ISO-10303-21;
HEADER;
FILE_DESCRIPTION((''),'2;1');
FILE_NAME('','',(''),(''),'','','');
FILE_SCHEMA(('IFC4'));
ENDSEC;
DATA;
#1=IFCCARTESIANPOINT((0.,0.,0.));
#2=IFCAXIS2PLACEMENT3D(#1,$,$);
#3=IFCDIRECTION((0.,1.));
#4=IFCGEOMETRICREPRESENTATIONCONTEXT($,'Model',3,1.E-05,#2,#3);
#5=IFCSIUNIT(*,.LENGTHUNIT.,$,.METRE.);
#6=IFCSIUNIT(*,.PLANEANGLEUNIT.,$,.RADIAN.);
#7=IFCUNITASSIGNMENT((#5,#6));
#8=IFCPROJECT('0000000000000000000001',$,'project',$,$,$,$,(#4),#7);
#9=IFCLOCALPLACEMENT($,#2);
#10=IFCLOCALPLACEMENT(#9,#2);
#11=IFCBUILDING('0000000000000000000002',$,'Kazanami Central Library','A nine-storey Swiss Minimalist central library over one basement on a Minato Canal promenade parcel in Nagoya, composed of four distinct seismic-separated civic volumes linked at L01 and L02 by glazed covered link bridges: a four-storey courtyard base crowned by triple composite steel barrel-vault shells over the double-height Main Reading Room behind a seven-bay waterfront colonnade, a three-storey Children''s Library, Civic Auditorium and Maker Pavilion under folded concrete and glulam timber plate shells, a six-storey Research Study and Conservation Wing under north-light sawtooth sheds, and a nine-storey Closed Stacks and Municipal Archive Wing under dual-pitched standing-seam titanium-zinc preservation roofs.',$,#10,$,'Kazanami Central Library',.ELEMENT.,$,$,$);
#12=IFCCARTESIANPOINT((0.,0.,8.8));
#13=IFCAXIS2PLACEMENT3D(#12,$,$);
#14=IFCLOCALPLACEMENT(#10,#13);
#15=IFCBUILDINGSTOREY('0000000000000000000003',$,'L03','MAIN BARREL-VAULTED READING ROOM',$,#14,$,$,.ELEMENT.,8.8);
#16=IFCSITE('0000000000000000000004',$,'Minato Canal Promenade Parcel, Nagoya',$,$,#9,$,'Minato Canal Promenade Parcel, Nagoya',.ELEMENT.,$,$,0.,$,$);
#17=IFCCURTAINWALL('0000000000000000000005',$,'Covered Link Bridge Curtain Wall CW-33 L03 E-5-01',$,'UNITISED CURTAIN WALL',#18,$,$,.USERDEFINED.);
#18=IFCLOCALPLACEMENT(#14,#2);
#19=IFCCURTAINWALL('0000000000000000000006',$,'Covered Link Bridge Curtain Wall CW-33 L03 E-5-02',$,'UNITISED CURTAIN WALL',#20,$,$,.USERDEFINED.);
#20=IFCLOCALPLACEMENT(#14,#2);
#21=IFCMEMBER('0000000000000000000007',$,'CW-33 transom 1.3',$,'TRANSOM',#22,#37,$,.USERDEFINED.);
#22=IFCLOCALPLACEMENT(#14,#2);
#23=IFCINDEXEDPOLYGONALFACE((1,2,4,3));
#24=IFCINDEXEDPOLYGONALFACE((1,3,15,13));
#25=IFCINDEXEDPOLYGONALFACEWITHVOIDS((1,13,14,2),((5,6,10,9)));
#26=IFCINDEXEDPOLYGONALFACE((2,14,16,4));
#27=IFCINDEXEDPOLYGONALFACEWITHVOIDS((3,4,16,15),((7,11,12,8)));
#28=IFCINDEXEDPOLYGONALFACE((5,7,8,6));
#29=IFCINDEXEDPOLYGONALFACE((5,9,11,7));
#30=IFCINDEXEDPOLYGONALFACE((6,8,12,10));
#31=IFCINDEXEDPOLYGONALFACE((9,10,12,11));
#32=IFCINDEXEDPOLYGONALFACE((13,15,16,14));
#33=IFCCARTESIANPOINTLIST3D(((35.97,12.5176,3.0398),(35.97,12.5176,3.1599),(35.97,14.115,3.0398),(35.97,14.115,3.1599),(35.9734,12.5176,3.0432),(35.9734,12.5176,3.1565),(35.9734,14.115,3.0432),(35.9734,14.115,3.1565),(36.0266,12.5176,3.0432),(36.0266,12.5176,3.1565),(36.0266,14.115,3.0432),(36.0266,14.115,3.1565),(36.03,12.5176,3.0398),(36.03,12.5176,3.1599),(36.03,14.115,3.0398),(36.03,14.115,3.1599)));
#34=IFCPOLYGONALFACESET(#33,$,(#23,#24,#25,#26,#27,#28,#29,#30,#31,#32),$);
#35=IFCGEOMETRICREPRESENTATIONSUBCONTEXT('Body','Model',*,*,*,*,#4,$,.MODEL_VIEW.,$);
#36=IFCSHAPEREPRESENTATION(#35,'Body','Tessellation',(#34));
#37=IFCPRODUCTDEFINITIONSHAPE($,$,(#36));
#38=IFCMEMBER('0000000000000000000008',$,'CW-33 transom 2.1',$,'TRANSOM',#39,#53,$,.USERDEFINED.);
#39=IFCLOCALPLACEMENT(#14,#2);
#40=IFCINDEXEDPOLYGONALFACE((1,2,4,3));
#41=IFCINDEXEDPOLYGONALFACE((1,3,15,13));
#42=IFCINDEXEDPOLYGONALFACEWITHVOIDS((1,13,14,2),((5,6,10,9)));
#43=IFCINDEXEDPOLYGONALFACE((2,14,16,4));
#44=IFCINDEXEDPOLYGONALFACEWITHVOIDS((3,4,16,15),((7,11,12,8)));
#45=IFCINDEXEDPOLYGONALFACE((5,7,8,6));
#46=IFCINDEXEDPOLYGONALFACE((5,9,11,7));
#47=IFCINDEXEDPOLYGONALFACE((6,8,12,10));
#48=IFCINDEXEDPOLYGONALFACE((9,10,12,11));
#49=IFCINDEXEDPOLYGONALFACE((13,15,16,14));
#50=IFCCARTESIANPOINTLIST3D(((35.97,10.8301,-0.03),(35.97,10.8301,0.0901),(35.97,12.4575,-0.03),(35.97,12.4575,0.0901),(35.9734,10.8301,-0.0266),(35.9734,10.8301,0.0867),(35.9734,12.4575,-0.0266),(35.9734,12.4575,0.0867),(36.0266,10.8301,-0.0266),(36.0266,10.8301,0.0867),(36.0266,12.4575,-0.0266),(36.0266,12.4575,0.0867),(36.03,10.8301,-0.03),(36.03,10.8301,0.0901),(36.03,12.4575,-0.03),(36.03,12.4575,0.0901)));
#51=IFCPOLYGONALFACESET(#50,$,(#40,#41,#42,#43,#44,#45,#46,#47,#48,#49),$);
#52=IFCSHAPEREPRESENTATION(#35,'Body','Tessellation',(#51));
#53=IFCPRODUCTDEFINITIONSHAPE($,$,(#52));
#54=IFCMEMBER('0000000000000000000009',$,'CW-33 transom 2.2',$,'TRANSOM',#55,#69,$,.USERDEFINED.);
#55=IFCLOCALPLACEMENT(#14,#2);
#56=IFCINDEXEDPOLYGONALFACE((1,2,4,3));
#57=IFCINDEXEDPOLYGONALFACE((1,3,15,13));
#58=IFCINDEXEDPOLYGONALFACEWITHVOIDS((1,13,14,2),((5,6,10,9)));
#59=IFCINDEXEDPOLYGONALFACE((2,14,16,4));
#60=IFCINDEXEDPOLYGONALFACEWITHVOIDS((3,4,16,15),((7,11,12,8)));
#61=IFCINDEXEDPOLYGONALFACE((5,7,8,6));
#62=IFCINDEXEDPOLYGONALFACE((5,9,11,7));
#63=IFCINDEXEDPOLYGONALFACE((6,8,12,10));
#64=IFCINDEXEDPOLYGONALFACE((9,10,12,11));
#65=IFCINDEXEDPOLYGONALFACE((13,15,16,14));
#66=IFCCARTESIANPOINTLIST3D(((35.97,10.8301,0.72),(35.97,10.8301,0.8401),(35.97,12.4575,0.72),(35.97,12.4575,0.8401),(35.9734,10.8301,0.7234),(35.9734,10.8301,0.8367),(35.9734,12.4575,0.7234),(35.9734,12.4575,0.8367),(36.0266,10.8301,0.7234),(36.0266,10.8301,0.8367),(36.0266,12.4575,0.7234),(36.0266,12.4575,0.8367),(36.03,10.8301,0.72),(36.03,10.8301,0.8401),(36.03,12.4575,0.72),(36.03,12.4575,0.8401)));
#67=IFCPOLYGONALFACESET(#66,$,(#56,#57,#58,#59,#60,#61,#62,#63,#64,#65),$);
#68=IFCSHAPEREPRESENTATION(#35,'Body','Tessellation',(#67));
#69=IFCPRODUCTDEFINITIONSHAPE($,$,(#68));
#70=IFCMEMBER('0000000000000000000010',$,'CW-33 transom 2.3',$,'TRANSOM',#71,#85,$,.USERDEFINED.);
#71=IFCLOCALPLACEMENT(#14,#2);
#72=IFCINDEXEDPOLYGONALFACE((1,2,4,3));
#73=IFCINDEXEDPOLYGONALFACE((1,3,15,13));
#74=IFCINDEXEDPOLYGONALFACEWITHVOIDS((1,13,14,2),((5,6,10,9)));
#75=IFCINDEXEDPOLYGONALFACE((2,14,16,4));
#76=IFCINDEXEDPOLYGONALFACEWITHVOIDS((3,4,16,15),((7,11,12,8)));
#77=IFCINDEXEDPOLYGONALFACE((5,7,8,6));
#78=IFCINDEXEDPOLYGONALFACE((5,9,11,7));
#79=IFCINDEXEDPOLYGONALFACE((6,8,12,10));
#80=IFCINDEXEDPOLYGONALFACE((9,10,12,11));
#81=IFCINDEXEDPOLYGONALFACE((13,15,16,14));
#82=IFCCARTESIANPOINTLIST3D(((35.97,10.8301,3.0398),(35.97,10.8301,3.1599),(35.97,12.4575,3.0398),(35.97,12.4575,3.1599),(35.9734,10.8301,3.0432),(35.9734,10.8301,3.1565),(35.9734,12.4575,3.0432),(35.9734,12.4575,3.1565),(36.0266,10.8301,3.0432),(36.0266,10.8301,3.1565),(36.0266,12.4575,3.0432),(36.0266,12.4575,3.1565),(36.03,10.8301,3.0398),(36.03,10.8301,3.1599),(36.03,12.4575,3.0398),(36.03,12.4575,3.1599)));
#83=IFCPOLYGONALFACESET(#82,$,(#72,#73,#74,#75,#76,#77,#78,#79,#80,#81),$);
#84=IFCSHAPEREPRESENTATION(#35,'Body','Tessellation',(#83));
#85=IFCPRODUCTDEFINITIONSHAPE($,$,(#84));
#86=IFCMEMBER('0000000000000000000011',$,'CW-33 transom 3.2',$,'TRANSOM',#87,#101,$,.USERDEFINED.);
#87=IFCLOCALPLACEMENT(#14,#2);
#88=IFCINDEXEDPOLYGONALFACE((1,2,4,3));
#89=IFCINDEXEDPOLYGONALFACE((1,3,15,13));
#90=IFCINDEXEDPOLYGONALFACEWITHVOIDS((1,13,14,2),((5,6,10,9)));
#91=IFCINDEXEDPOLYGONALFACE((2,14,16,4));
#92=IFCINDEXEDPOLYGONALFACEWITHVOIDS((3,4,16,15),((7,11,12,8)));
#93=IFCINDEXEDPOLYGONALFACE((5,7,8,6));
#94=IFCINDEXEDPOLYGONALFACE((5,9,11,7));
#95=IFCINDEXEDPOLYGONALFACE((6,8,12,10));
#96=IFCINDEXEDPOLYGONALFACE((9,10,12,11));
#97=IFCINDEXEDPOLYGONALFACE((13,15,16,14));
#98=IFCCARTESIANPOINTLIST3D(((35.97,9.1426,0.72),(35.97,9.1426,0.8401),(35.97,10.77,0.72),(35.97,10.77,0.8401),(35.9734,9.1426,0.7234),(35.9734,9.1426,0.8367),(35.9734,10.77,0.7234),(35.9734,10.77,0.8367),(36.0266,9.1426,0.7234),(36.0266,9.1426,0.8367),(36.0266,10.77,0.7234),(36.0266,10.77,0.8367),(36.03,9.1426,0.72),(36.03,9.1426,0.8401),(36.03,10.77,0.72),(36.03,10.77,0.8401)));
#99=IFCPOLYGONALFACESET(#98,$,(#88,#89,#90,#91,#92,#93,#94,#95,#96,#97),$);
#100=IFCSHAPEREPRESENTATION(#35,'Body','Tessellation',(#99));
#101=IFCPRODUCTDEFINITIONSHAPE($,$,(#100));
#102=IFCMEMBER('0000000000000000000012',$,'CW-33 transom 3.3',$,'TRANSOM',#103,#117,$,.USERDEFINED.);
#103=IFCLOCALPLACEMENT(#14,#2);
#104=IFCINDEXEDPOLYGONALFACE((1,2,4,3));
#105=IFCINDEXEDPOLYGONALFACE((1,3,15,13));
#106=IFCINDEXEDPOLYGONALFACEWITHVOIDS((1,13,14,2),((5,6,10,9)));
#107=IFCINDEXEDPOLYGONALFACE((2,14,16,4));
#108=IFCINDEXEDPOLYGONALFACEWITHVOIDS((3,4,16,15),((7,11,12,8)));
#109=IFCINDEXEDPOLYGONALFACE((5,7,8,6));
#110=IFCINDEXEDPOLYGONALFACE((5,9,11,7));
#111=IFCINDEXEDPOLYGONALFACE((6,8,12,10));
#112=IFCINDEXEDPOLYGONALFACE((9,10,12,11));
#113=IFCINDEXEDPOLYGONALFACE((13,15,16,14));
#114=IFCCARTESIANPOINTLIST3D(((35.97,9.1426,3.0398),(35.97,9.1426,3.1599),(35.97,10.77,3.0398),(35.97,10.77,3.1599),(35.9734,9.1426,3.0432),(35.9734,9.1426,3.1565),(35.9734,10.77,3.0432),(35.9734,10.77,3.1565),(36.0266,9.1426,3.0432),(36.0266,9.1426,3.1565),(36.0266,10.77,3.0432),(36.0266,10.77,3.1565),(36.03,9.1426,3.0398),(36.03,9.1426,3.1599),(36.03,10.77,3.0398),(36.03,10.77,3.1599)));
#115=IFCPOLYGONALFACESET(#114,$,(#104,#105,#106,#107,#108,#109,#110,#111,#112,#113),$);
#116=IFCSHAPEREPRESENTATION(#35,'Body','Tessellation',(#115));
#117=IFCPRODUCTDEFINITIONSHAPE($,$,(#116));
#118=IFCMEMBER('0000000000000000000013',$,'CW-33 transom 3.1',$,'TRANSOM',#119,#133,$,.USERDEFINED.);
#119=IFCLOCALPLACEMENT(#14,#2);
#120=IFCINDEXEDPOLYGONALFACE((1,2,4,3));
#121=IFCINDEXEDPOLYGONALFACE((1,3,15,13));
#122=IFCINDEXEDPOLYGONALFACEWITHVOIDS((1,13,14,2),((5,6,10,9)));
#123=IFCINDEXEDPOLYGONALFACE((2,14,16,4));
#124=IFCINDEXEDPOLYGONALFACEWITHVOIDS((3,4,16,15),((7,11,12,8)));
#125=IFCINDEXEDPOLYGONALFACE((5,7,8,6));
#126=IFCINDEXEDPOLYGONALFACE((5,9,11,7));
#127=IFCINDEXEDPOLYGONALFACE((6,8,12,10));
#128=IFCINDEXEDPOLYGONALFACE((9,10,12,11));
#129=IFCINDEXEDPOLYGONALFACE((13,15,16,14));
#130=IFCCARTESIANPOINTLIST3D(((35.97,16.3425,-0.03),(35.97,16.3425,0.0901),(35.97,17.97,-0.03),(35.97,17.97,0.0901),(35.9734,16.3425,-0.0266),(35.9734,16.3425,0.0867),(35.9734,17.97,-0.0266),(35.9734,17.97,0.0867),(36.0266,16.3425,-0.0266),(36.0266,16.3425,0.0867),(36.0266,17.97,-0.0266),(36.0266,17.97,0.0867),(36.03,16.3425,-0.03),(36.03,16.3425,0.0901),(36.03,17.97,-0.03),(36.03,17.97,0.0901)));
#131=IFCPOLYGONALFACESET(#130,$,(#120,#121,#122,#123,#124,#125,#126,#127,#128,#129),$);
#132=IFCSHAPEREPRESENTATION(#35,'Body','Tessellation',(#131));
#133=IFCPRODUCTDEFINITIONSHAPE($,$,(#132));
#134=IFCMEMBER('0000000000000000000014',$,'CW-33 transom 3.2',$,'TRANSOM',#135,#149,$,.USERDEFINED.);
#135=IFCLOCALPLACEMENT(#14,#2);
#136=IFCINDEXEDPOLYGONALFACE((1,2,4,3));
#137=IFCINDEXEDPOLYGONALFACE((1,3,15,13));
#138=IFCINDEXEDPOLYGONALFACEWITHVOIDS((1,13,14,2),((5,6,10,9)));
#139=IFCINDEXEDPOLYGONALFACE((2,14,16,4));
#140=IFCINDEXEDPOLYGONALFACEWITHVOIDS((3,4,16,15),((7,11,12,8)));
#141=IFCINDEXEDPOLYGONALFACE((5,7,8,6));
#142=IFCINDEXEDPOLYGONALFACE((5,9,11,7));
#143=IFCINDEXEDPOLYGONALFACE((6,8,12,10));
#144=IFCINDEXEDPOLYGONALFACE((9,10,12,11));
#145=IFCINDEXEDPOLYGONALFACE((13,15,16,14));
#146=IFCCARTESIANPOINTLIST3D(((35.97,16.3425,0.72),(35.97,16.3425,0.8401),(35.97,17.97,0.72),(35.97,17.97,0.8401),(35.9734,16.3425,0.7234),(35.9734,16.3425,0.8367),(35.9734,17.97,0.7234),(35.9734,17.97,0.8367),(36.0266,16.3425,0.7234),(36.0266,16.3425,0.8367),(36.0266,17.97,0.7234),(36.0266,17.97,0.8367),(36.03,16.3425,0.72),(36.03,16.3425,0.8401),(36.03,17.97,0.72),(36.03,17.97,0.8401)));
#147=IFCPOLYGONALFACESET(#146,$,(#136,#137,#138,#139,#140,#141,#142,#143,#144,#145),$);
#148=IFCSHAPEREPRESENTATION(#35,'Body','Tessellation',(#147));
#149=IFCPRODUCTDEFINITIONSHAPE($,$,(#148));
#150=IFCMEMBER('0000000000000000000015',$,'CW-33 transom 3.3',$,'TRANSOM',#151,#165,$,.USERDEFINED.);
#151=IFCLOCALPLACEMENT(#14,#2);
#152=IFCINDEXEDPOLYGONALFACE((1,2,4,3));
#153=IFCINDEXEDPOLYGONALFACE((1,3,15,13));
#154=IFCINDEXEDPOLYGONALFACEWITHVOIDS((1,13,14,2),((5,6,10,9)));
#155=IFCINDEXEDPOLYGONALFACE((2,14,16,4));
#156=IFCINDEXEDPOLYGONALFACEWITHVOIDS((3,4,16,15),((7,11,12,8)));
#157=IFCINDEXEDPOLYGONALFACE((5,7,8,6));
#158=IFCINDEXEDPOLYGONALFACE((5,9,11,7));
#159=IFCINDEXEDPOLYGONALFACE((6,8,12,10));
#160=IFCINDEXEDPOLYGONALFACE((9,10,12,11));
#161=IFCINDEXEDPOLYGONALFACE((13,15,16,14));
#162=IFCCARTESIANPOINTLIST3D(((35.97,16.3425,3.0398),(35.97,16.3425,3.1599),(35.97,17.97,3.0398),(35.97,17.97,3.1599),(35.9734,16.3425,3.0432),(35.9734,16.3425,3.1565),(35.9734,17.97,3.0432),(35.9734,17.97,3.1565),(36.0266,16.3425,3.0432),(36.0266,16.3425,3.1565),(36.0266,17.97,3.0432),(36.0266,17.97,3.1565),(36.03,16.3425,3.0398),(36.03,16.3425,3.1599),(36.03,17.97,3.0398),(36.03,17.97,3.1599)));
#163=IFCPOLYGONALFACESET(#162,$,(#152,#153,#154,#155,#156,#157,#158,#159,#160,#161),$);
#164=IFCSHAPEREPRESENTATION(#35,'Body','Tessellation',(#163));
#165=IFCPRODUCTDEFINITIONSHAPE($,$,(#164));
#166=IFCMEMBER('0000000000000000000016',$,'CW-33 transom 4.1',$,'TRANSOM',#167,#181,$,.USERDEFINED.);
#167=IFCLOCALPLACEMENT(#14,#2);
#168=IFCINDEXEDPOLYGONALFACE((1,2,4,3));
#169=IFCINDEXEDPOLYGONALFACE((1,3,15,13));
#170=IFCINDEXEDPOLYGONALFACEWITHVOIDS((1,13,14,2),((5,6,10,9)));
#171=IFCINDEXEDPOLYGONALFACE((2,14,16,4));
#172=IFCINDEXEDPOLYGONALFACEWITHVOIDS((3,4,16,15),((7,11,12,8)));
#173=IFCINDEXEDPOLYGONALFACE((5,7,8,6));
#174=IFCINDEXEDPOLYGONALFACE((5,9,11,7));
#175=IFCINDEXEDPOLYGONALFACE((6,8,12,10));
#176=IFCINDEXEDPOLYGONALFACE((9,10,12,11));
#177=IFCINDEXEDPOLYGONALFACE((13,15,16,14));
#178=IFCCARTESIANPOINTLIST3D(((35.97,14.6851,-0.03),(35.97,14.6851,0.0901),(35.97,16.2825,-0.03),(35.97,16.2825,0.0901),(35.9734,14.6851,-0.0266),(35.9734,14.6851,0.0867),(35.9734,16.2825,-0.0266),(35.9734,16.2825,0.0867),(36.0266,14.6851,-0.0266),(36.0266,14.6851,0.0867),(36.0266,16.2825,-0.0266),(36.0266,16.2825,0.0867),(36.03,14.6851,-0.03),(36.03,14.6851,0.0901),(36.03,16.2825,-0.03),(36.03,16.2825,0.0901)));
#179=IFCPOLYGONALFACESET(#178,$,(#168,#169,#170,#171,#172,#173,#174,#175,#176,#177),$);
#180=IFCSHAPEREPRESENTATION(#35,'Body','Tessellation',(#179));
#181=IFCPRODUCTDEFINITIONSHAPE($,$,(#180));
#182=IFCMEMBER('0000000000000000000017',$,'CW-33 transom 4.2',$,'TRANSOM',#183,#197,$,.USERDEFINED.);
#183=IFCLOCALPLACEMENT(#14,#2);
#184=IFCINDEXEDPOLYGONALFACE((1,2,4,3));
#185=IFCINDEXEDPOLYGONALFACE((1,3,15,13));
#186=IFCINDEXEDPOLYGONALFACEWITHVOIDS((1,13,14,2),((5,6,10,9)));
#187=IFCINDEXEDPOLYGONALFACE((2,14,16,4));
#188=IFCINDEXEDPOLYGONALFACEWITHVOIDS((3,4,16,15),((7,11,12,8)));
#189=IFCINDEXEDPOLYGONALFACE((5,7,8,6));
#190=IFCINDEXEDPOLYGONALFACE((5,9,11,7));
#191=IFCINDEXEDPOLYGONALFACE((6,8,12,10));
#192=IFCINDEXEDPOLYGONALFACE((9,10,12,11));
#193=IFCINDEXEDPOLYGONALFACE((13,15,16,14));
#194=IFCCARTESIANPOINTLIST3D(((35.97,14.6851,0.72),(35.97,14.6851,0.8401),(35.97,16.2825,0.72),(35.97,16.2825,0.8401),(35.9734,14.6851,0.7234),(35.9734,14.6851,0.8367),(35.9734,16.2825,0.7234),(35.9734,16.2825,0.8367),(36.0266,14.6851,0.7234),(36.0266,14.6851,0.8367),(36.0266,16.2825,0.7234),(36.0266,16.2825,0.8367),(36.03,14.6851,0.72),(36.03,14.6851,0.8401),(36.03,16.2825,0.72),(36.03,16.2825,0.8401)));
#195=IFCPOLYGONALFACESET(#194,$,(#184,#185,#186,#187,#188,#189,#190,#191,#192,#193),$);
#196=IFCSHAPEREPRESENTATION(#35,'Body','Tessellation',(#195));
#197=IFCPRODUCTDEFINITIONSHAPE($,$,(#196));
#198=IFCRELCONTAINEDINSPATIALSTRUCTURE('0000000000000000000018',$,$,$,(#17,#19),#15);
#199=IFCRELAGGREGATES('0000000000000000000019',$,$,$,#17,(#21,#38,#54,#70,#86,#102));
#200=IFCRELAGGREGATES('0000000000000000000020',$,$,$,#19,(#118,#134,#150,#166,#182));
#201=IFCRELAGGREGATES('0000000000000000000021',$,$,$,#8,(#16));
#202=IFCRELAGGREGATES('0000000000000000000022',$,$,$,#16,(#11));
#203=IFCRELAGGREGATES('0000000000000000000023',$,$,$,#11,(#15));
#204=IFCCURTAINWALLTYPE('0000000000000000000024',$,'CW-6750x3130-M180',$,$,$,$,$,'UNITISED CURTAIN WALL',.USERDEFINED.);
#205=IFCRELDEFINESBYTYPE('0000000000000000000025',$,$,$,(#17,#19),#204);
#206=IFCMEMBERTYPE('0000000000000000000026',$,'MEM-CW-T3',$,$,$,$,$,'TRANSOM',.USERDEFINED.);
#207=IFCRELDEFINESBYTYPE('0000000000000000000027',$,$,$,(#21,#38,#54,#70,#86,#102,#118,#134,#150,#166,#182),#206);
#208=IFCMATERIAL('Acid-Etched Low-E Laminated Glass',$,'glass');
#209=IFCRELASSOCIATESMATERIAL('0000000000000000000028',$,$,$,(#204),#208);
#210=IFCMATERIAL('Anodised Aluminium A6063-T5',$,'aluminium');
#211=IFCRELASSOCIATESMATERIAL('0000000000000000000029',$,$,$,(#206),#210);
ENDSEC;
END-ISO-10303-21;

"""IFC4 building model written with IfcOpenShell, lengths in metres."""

from ifc_helpers import new_model, si_unit, direction, frame, origin, origin_2d, place, context, subcontext, project, spatial, hollow_rectangle, extrude, material, material_profile, profile_set, type_object, element, aggregate, save


model = new_model("IFC4")

# Units and contexts
model_context = context("Model", 3, precision=1e-05, world=origin(), true_north=direction((0.0, 1.0)))
body_context = subcontext(model_context, "Body", "Model", "MODEL_VIEW")
ifc_project = project(units=[si_unit("LENGTHUNIT", "METRE"), si_unit("PLANEANGLEUNIT", "RADIAN")], contexts=[model_context])

# Site, building, storey
site_placement = place(None, origin())
site = spatial("IfcSite", under=ifc_project, at=site_placement, Name="Minato Canal Promenade Parcel, Nagoya", LongName="Minato Canal Promenade Parcel, Nagoya", CompositionType="ELEMENT", RefElevation=0.0)
building_placement = place(site_placement, origin())
building = spatial("IfcBuilding", under=site, at=building_placement, Name="Kazanami Central Library", Description="A nine-storey Swiss Minimalist central library over one basement on a Minato Canal promenade parcel in Nagoya, composed of four distinct seismic-separated civic volumes linked at L01 and L02 by glazed covered link bridges: a four-storey courtyard base crowned by triple composite steel barrel-vault shells over the double-height Main Reading Room behind a seven-bay waterfront colonnade, a three-storey Children's Library, Civic Auditorium and Maker Pavilion under folded concrete and glulam timber plate shells, a six-storey Research Study and Conservation Wing under north-light sawtooth sheds, and a nine-storey Closed Stacks and Municipal Archive Wing under dual-pitched standing-seam titanium-zinc preservation roofs.", LongName="Kazanami Central Library", CompositionType="ELEMENT")
storey_placement = place(building_placement, frame((0.0, 0.0, 8.8)))
storey = spatial("IfcBuildingStorey", under=building, at=storey_placement, Name="L03", Description="MAIN BARREL-VAULTED READING ROOM", CompositionType="ELEMENT", Elevation=8.8)

# Curtain walls
ifc_material_1 = material(Name="Acid-Etched Low-E Laminated Glass", Category="glass")
curtain_wall_type = type_object("IfcCurtainWallType", Name="CW-6750x3130-M180", ElementType="UNITISED CURTAIN WALL", PredefinedType="USERDEFINED", material=ifc_material_1)
curtain_wall_1_placement = place(storey_placement, origin())
curtain_wall_1 = element("IfcCurtainWall", 1, at=curtain_wall_1_placement, inside=storey, type_object=curtain_wall_type, Name="Covered Link Bridge Curtain Wall CW-33 L03 E-5-01", ObjectType="UNITISED CURTAIN WALL", PredefinedType="USERDEFINED")
ifc_material_2 = material(Name="Anodised Aluminium A6063-T5", Category="aluminium")
curtain_wall_2_placement = place(storey_placement, origin())
curtain_wall_2 = element("IfcCurtainWall", 2, at=curtain_wall_2_placement, inside=storey, type_object=curtain_wall_type, Name="Covered Link Bridge Curtain Wall CW-33 L03 E-5-02", ObjectType="UNITISED CURTAIN WALL", PredefinedType="USERDEFINED")

# Members
ifc_material_profile_1 = material_profile(ifc_material_2, hollow_rectangle(XDim=0.0601, YDim=0.1201, WallThickness=0.0034, at=origin_2d()), Name="ALU-TRAN-60x120x3.5")
ifc_profile_set_1 = profile_set([ifc_material_profile_1], Name="Anodised Aluminium A6063-T5")
member_type_1 = type_object("IfcMemberType", Name="MEM-CW-T3", ElementType="TRANSOM", PredefinedType="USERDEFINED", material=ifc_profile_set_1)
member_1_placement = place(storey_placement, frame((36.0, 14.115, 3.0999), z_axis=(0.0, -1.0, 0.0), x_axis=(1.0, 0.0, 0.0)))
member_1 = element("IfcMember", 3, at=member_1_placement, type_object=member_type_1, Name="CW-33 transom 1.3", ObjectType="TRANSOM", PredefinedType="USERDEFINED", context=body_context, shape_type="SweptSolid", body=[
    extrude(hollow_rectangle(XDim=0.0601, YDim=0.1201, WallThickness=0.0034, at=origin_2d()), origin(), (0.0, 0.0, 1.0), 1.5974),
])
member_2_placement = place(storey_placement, frame((36.0, 12.4575, 0.03), z_axis=(0.0, -1.0, 0.0), x_axis=(1.0, 0.0, 0.0)))
member_2 = element("IfcMember", 4, at=member_2_placement, type_object=member_type_1, Name="CW-33 transom 2.1", ObjectType="TRANSOM", PredefinedType="USERDEFINED", context=body_context, shape_type="SweptSolid", body=[
    extrude(hollow_rectangle(XDim=0.0601, YDim=0.1201, WallThickness=0.0034, at=origin_2d()), origin(), (0.0, 0.0, 1.0), 1.6274),
])
member_3_placement = place(storey_placement, frame((36.0, 12.4575, 0.78), z_axis=(0.0, -1.0, 0.0), x_axis=(1.0, 0.0, 0.0)))
member_3 = element("IfcMember", 5, at=member_3_placement, type_object=member_type_1, Name="CW-33 transom 2.2", ObjectType="TRANSOM", PredefinedType="USERDEFINED", context=body_context, shape_type="SweptSolid", body=[
    extrude(hollow_rectangle(XDim=0.0601, YDim=0.1201, WallThickness=0.0034, at=origin_2d()), origin(), (0.0, 0.0, 1.0), 1.6274),
])
member_4_placement = place(storey_placement, frame((36.0, 12.4575, 3.0999), z_axis=(0.0, -1.0, 0.0), x_axis=(1.0, 0.0, 0.0)))
member_4 = element("IfcMember", 6, at=member_4_placement, type_object=member_type_1, Name="CW-33 transom 2.3", ObjectType="TRANSOM", PredefinedType="USERDEFINED", context=body_context, shape_type="SweptSolid", body=[
    extrude(hollow_rectangle(XDim=0.0601, YDim=0.1201, WallThickness=0.0034, at=origin_2d()), origin(), (0.0, 0.0, 1.0), 1.6274),
])
member_5_placement = place(storey_placement, frame((36.0, 10.77, 0.78), z_axis=(0.0, -1.0, 0.0), x_axis=(1.0, 0.0, 0.0)))
member_5 = element("IfcMember", 7, at=member_5_placement, type_object=member_type_1, Name="CW-33 transom 3.2", ObjectType="TRANSOM", PredefinedType="USERDEFINED", context=body_context, shape_type="SweptSolid", body=[
    extrude(hollow_rectangle(XDim=0.0601, YDim=0.1201, WallThickness=0.0034, at=origin_2d()), origin(), (0.0, 0.0, 1.0), 1.6274),
])
member_6_placement = place(storey_placement, frame((36.0, 10.77, 3.0999), z_axis=(0.0, -1.0, 0.0), x_axis=(1.0, 0.0, 0.0)))
member_6 = element("IfcMember", 8, at=member_6_placement, type_object=member_type_1, Name="CW-33 transom 3.3", ObjectType="TRANSOM", PredefinedType="USERDEFINED", context=body_context, shape_type="SweptSolid", body=[
    extrude(hollow_rectangle(XDim=0.0601, YDim=0.1201, WallThickness=0.0034, at=origin_2d()), origin(), (0.0, 0.0, 1.0), 1.6274),
])
member_7_placement = place(storey_placement, frame((36.0, 17.97, 0.03), z_axis=(0.0, -1.0, 0.0), x_axis=(1.0, 0.0, 0.0)))
member_7 = element("IfcMember", 9, at=member_7_placement, type_object=member_type_1, Name="CW-33 transom 3.1", ObjectType="TRANSOM", PredefinedType="USERDEFINED", context=body_context, shape_type="SweptSolid", body=[
    extrude(hollow_rectangle(XDim=0.0601, YDim=0.1201, WallThickness=0.0034, at=origin_2d()), origin(), (0.0, 0.0, 1.0), 1.6274),
])
member_8_placement = place(storey_placement, frame((36.0, 17.97, 0.78), z_axis=(0.0, -1.0, 0.0), x_axis=(1.0, 0.0, 0.0)))
member_8 = element("IfcMember", 10, at=member_8_placement, type_object=member_type_1, Name="CW-33 transom 3.2", ObjectType="TRANSOM", PredefinedType="USERDEFINED", context=body_context, shape_type="SweptSolid", body=[
    extrude(hollow_rectangle(XDim=0.0601, YDim=0.1201, WallThickness=0.0034, at=origin_2d()), origin(), (0.0, 0.0, 1.0), 1.6274),
])
member_9_placement = place(storey_placement, frame((36.0, 17.97, 3.0999), z_axis=(0.0, -1.0, 0.0), x_axis=(1.0, 0.0, 0.0)))
member_9 = element("IfcMember", 11, at=member_9_placement, type_object=member_type_1, Name="CW-33 transom 3.3", ObjectType="TRANSOM", PredefinedType="USERDEFINED", context=body_context, shape_type="SweptSolid", body=[
    extrude(hollow_rectangle(XDim=0.0601, YDim=0.1201, WallThickness=0.0034, at=origin_2d()), origin(), (0.0, 0.0, 1.0), 1.6274),
])
member_10_placement = place(storey_placement, frame((36.0, 16.2825, 0.03), z_axis=(0.0, -1.0, 0.0), x_axis=(1.0, 0.0, 0.0)))
member_10 = element("IfcMember", 12, at=member_10_placement, type_object=member_type_1, Name="CW-33 transom 4.1", ObjectType="TRANSOM", PredefinedType="USERDEFINED", context=body_context, shape_type="SweptSolid", body=[
    extrude(hollow_rectangle(XDim=0.0601, YDim=0.1201, WallThickness=0.0034, at=origin_2d()), origin(), (0.0, 0.0, 1.0), 1.5974),
])
member_11_placement = place(storey_placement, frame((36.0, 16.2825, 0.78), z_axis=(0.0, -1.0, 0.0), x_axis=(1.0, 0.0, 0.0)))
member_11 = element("IfcMember", 13, at=member_11_placement, type_object=member_type_1, Name="CW-33 transom 4.2", ObjectType="TRANSOM", PredefinedType="USERDEFINED", context=body_context, shape_type="SweptSolid", body=[
    extrude(hollow_rectangle(XDim=0.0601, YDim=0.1201, WallThickness=0.0034, at=origin_2d()), origin(), (0.0, 0.0, 1.0), 1.5974),
])

aggregate(curtain_wall_1, [member_1, member_2, member_3, member_4, member_5, member_6])
aggregate(curtain_wall_2, [member_7, member_8, member_9, member_10, member_11])

save(model, "model.ifc")
